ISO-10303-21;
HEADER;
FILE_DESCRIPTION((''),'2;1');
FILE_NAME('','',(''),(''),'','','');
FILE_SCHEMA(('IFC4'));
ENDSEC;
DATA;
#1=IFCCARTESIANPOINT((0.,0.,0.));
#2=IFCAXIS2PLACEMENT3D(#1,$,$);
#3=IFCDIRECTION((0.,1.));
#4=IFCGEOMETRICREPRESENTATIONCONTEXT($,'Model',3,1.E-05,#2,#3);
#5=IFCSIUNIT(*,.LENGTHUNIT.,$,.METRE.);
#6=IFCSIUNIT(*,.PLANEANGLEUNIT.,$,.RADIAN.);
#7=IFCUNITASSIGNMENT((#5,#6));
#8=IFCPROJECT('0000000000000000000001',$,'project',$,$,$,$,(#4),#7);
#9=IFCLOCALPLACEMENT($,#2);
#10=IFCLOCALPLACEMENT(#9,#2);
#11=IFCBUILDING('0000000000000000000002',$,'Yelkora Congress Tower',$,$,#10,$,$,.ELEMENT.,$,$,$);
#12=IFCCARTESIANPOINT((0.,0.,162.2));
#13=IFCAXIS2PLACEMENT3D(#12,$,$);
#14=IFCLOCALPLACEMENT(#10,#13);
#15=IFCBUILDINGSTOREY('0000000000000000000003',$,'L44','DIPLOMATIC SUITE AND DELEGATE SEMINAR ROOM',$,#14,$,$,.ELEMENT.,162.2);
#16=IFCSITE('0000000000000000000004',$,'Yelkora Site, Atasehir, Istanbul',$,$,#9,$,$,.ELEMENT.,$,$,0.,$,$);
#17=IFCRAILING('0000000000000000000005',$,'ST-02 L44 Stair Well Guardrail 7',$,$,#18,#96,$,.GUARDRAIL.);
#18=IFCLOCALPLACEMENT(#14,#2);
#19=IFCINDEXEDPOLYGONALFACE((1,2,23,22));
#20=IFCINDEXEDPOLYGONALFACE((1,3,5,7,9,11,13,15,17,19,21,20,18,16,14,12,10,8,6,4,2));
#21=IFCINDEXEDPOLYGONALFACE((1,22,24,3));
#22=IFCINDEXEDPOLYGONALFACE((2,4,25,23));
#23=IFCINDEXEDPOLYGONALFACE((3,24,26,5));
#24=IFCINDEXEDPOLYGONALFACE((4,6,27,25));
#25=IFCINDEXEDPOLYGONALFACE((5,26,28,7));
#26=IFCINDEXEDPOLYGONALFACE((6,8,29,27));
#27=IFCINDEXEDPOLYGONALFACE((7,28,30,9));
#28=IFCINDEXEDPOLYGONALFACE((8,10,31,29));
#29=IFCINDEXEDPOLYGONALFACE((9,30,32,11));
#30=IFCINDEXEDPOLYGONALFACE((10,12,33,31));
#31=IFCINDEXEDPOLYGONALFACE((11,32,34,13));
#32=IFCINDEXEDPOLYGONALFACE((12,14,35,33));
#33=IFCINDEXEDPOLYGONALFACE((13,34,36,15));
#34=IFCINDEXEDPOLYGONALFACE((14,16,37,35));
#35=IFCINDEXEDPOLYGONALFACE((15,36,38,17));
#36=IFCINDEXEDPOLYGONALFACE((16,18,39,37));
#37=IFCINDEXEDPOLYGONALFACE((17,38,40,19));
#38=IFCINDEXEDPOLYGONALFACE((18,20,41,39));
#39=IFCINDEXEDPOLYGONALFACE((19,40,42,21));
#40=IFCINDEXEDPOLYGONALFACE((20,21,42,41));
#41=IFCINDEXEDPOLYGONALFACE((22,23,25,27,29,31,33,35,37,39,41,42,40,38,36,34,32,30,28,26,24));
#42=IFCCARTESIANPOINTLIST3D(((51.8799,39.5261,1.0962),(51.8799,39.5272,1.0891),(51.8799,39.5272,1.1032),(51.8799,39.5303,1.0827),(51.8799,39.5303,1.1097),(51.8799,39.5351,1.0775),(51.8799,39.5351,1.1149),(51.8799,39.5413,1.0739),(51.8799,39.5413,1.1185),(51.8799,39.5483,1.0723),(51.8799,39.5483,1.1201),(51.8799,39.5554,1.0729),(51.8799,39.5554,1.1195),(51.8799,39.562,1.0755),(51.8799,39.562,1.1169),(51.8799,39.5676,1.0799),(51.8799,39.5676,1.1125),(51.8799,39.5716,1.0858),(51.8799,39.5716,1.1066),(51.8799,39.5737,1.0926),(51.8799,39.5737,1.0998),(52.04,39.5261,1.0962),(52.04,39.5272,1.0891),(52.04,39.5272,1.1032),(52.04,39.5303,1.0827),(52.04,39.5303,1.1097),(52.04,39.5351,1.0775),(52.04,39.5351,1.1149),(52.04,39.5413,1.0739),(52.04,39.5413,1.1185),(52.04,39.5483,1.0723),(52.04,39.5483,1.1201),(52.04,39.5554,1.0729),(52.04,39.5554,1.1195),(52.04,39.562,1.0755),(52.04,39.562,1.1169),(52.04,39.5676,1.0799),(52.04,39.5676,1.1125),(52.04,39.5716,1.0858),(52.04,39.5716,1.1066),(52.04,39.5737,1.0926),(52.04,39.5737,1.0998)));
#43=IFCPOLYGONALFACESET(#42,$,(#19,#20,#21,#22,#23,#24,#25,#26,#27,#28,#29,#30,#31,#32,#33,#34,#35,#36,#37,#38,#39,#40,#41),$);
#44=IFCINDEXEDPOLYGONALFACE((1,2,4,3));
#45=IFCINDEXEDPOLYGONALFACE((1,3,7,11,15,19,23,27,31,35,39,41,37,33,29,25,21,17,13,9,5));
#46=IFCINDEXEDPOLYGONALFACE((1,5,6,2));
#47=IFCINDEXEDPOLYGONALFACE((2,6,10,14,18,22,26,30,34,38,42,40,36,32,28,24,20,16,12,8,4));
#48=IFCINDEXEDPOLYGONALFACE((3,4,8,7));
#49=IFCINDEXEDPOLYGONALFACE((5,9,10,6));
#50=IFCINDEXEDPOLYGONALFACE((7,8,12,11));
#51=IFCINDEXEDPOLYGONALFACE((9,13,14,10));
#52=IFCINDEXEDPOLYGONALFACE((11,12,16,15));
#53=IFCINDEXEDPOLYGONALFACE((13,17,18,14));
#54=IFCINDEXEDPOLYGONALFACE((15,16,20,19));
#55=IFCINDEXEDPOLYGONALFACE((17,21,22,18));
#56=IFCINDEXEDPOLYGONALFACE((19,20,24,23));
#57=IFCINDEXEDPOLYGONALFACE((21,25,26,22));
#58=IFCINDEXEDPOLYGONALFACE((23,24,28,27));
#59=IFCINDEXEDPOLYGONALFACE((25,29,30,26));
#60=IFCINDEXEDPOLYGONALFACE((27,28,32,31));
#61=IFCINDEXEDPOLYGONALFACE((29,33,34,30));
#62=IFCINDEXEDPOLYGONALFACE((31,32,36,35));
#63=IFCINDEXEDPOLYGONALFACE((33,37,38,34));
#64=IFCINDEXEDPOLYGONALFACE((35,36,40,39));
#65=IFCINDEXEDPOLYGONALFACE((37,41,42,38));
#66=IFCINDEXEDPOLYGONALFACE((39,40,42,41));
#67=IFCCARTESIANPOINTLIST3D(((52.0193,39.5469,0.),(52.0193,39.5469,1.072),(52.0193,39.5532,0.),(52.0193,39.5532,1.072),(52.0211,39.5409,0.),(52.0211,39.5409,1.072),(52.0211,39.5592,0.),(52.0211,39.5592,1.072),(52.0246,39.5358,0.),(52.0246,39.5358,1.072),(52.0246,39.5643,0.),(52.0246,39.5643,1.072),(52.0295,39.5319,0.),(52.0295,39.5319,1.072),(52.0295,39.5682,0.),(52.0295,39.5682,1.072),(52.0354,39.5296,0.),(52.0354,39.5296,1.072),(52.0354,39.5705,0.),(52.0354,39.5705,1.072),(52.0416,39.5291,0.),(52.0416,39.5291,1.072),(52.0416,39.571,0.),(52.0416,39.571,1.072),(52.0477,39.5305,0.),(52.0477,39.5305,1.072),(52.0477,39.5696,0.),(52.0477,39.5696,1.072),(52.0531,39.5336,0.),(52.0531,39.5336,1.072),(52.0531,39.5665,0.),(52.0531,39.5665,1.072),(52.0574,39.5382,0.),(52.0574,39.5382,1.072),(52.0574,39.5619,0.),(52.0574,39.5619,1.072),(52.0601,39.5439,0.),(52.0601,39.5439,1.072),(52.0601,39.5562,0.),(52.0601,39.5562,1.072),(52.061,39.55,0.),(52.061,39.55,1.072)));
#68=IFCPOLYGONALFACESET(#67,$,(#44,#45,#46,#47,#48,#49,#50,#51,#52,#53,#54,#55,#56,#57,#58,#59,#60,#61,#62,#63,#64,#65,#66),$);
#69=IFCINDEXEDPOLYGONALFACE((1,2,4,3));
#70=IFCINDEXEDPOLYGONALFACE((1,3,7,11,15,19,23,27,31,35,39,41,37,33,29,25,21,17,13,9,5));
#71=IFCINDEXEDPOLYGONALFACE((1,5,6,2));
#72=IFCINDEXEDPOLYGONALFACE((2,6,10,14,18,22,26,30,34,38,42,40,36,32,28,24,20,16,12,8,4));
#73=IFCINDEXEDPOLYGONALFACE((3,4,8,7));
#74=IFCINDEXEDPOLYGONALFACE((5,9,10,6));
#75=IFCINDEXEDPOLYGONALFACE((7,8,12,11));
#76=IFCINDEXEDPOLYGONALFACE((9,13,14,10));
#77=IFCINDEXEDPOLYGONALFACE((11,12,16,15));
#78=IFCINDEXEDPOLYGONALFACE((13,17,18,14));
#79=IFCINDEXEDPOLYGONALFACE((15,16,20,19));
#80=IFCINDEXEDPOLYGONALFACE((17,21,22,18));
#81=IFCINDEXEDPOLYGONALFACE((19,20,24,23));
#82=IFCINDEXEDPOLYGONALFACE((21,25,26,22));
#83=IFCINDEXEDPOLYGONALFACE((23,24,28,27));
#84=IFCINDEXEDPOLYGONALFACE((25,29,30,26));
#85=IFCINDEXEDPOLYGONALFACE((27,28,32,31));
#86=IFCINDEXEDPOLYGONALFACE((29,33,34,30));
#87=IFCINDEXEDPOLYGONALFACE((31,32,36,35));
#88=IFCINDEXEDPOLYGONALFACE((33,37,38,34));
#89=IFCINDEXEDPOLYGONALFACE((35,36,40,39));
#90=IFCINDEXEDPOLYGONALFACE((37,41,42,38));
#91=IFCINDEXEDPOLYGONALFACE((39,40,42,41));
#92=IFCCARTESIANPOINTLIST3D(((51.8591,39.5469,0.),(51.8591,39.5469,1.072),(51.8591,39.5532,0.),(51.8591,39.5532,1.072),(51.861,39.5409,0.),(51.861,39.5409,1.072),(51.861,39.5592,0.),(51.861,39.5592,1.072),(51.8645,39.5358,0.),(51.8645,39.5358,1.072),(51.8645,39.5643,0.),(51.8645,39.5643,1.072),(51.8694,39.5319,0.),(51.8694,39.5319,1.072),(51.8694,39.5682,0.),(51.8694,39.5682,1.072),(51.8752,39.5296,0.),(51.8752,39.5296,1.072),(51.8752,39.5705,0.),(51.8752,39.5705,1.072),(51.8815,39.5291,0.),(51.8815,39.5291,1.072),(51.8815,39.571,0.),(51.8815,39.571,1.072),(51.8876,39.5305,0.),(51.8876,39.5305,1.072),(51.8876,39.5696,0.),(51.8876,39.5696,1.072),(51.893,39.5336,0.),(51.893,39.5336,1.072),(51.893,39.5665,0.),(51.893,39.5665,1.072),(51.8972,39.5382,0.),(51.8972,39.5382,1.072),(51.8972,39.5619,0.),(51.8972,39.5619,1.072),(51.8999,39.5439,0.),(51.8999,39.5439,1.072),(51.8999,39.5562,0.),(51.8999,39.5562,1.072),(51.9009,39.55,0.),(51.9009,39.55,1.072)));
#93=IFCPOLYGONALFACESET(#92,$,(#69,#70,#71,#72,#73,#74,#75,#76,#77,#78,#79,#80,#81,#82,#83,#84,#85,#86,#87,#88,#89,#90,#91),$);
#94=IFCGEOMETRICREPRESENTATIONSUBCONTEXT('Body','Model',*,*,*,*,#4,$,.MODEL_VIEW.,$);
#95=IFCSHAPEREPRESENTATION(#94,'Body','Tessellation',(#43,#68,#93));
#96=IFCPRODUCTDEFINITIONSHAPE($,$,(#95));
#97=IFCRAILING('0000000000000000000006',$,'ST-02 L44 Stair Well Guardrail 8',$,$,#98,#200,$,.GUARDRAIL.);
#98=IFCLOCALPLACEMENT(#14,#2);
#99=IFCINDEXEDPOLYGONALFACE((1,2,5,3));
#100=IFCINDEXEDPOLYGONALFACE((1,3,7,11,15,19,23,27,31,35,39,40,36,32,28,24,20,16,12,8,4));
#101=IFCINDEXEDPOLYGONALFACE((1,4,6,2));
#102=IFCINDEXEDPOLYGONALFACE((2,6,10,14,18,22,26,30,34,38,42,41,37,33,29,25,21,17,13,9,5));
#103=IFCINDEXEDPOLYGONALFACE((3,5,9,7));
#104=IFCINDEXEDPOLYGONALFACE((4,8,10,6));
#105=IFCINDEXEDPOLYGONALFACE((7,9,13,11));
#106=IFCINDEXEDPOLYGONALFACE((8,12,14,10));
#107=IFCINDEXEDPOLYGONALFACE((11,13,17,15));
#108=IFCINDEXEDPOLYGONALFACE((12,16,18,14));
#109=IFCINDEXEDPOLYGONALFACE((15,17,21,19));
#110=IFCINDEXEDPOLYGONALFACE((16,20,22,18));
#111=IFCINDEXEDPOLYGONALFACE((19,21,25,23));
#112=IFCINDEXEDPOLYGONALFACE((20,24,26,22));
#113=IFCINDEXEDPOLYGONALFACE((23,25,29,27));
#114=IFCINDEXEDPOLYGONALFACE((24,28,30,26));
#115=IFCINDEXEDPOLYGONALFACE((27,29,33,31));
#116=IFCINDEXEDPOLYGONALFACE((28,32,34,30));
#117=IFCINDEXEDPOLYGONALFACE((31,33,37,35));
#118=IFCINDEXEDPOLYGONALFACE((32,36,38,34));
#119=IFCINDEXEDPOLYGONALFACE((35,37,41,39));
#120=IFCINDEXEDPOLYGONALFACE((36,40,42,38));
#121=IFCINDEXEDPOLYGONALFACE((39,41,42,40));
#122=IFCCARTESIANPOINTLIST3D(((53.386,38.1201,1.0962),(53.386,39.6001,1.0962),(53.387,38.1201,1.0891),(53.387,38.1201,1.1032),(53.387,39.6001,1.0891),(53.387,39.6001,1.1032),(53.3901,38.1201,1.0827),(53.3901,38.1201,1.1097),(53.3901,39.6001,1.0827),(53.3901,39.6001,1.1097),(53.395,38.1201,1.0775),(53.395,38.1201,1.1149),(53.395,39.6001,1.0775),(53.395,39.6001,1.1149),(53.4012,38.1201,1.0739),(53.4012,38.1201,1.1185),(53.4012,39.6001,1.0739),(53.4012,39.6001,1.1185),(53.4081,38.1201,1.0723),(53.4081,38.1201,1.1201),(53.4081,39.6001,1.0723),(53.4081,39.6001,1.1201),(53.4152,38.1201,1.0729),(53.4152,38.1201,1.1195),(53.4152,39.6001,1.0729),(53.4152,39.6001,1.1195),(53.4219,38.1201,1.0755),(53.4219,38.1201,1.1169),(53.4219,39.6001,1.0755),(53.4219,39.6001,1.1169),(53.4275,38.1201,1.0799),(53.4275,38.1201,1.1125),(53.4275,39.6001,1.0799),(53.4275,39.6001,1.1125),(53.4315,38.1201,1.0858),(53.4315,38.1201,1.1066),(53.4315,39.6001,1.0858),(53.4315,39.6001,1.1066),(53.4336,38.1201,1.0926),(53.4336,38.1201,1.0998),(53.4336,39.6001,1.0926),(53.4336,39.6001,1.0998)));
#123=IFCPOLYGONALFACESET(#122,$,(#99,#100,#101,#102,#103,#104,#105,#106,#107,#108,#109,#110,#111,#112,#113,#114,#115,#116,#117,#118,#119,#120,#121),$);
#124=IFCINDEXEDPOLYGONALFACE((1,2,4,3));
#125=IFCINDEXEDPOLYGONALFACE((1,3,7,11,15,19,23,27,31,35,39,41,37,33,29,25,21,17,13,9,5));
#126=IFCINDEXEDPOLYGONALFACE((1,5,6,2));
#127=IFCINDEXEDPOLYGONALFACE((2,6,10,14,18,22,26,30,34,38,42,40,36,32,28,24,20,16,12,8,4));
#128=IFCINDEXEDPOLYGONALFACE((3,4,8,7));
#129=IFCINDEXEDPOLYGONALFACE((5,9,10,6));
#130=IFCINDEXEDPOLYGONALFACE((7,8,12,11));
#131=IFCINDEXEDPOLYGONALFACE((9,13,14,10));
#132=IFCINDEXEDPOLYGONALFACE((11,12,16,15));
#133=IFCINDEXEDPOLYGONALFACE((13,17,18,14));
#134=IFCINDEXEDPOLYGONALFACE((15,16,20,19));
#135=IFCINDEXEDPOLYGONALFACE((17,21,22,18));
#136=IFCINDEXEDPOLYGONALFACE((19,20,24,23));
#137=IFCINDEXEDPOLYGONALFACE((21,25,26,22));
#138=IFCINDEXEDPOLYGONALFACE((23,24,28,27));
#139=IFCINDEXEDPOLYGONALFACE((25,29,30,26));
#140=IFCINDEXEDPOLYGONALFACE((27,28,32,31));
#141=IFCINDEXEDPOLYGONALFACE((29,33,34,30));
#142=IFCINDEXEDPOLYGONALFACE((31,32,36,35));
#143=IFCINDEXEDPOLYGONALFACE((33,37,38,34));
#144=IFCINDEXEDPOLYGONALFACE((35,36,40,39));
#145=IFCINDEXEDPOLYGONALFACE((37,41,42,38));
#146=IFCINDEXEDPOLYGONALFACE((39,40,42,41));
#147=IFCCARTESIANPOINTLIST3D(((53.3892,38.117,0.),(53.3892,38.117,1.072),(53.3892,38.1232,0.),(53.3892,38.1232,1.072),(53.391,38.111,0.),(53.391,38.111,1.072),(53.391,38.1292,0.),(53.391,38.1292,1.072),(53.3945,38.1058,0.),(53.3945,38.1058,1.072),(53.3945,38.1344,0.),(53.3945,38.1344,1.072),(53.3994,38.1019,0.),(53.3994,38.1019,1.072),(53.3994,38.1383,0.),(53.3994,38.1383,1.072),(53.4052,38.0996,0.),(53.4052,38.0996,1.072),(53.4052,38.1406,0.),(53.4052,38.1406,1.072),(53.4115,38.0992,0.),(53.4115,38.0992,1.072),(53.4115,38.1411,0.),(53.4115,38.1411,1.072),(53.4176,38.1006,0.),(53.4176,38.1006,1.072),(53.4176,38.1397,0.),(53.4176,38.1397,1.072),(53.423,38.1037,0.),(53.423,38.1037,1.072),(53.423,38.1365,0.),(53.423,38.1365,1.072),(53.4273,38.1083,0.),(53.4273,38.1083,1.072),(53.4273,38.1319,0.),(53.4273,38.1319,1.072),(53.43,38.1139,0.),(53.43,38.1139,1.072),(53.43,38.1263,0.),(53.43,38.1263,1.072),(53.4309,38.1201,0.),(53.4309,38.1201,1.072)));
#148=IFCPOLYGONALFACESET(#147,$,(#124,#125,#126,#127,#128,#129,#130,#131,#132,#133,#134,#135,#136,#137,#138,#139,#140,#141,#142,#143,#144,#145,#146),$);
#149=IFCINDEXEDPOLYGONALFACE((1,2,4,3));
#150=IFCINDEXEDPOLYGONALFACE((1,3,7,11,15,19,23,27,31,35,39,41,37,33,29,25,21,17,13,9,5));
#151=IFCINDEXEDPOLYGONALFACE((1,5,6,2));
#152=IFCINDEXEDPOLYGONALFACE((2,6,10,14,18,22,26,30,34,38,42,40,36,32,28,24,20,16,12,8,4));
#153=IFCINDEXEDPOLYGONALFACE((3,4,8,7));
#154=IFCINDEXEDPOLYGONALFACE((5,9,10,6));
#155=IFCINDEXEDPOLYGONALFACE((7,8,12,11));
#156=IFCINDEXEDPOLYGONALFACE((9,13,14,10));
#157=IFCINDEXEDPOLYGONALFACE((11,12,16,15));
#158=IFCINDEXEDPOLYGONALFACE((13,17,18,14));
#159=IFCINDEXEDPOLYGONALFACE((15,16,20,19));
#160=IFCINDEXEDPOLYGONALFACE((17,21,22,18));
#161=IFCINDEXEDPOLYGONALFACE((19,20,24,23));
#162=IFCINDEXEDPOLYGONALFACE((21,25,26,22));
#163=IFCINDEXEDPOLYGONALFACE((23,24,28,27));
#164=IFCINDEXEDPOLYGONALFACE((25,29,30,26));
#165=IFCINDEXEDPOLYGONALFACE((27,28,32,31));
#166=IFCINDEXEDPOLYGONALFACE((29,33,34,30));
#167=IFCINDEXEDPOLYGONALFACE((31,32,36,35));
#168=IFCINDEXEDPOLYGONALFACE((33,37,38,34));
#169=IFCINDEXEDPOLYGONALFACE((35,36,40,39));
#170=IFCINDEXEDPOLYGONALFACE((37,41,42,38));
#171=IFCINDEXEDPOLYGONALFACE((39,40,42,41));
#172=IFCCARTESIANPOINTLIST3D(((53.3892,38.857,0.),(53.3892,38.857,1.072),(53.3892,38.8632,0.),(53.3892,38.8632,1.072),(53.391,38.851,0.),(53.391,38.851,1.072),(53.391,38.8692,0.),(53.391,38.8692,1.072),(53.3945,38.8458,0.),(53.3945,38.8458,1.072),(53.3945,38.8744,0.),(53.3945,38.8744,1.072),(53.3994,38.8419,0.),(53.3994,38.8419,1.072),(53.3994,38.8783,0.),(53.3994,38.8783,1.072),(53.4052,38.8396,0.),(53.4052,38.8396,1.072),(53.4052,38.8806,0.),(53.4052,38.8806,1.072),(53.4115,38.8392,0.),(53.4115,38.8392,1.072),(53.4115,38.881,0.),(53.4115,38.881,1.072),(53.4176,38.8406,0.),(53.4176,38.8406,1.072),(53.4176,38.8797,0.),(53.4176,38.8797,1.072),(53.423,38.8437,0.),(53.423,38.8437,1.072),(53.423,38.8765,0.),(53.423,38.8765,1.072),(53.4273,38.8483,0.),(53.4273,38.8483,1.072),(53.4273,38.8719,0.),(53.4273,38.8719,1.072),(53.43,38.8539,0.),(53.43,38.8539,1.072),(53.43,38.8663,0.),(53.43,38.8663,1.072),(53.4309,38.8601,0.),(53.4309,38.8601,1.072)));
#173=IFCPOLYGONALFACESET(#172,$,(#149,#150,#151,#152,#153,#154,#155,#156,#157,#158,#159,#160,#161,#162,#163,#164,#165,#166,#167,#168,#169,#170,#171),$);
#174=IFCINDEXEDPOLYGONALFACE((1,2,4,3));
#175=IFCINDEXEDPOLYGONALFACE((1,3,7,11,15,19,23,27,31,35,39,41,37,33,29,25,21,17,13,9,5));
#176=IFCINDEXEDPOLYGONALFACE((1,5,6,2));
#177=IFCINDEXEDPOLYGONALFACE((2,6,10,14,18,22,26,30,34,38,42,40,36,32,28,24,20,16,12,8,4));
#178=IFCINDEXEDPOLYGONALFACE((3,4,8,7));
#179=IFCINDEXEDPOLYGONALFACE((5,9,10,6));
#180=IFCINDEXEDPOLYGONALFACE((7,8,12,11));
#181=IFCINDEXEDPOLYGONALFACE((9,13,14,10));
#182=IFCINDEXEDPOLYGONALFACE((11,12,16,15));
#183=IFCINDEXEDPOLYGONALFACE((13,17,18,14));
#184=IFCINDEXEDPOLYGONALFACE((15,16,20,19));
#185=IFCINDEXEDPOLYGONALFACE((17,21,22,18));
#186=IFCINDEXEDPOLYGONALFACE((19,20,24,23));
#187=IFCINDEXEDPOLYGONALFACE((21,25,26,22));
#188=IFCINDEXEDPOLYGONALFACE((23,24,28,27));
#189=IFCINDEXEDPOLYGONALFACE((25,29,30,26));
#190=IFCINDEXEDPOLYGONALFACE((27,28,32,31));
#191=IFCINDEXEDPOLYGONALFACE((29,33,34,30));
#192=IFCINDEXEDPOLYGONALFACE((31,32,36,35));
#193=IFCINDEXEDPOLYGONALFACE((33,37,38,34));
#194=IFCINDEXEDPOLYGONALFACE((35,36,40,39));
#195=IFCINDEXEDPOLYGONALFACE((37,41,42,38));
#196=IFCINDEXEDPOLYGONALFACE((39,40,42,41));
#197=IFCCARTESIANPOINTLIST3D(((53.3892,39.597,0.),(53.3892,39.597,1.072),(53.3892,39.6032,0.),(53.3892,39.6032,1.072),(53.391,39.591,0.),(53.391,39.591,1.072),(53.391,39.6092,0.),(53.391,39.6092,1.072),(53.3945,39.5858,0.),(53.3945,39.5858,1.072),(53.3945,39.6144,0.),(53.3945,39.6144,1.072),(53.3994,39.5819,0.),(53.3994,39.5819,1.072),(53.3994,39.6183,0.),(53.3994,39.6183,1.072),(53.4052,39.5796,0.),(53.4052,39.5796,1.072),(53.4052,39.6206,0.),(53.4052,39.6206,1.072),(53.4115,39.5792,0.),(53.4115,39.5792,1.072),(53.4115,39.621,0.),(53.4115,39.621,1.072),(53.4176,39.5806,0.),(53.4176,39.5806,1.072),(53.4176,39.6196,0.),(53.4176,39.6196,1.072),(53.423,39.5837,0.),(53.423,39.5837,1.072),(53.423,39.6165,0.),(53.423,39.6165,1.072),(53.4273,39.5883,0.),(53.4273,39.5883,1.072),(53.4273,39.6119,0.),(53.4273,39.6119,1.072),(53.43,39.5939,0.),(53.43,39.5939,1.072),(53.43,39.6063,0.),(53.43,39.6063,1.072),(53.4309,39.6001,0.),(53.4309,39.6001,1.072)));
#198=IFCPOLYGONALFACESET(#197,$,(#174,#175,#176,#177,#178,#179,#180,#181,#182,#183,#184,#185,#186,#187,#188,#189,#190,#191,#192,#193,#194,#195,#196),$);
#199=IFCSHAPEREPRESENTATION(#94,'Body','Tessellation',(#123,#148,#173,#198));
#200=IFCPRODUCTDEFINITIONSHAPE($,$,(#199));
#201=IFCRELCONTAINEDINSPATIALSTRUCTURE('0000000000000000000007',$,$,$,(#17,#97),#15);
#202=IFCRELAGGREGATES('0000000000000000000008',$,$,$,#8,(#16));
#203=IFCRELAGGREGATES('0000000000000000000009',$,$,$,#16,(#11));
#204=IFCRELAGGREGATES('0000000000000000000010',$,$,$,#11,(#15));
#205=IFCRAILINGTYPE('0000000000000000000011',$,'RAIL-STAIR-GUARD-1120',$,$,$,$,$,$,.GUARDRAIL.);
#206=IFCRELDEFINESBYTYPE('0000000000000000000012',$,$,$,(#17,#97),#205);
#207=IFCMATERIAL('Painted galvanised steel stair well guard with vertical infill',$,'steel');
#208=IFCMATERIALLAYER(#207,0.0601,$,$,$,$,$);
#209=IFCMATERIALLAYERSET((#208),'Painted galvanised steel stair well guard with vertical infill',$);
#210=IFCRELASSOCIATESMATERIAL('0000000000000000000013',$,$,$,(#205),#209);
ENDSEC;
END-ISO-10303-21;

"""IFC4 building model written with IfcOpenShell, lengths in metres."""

from ifc_helpers import new_model, si_unit, direction, frame, origin, origin_2d, place, context, subcontext, project, spatial, circle, extrude, material, layer, layer_set, type_object, element, save


model = new_model("IFC4")

# Units and contexts
model_context = context("Model", 3, precision=1e-05, world=origin(), true_north=direction((0.0, 1.0)))
body_context = subcontext(model_context, "Body", "Model", "MODEL_VIEW")
ifc_project = project(units=[si_unit("LENGTHUNIT", "METRE"), si_unit("PLANEANGLEUNIT", "RADIAN")], contexts=[model_context])

# Site, building, storey
site_placement = place(None, origin())
site = spatial("IfcSite", under=ifc_project, at=site_placement, Name="Yelkora Site, Atasehir, Istanbul", CompositionType="ELEMENT", RefElevation=0.0)
building_placement = place(site_placement, origin())
building = spatial("IfcBuilding", under=site, at=building_placement, Name="Yelkora Congress Tower", CompositionType="ELEMENT")
storey_placement = place(building_placement, frame((0.0, 0.0, 162.2)))
storey = spatial("IfcBuildingStorey", under=building, at=storey_placement, Name="L44", Description="DIPLOMATIC SUITE AND DELEGATE SEMINAR ROOM", CompositionType="ELEMENT", Elevation=162.2)

# Railings
ifc_material_1 = material(Name="Painted galvanised steel stair well guard with vertical infill", Category="steel")
ifc_layer_1 = layer(ifc_material_1, 0.0601)
ifc_layer_set_1 = layer_set([ifc_layer_1], Name="Painted galvanised steel stair well guard with vertical infill")
railing_type_1 = type_object("IfcRailingType", Name="RAIL-STAIR-GUARD-1120", PredefinedType="GUARDRAIL", material=ifc_layer_set_1)
railing_1_placement = place(storey_placement, frame((52.04, 39.55, 0.0)))
element("IfcRailing", 1, at=railing_1_placement, inside=storey, type_object=railing_type_1, Name="ST-02 L44 Stair Well Guardrail 7", PredefinedType="GUARDRAIL", context=body_context, shape_type="SweptSolid", body=[
    extrude(circle(Radius=0.0239, at=origin_2d()), frame((0.0, 0.0, 1.0962), z_axis=(-1.0, 0.0, 0.0), x_axis=(0.0, -1.0, 0.0)), (0.0, 0.0, 1.0), 0.1602),
    extrude(circle(Radius=0.021, at=origin_2d()), origin(), (0.0, 0.0, 1.0), 1.072),
    extrude(circle(Radius=0.021, at=origin_2d()), frame((-0.1602, 0.0, 0.0)), (0.0, 0.0, 1.0), 1.072),
])
railing_2_placement = place(storey_placement, frame((53.4099, 38.1201, 0.0)))
element("IfcRailing", 2, at=railing_2_placement, inside=storey, type_object=railing_type_1, Name="ST-02 L44 Stair Well Guardrail 8", PredefinedType="GUARDRAIL", context=body_context, shape_type="SweptSolid", body=[
    extrude(circle(Radius=0.0239, at=origin_2d()), frame((0.0, 0.0, 1.0962), z_axis=(0.0, 1.0, 0.0), x_axis=(-1.0, 0.0, 0.0)), (0.0, 0.0, 1.0), 1.48),
    extrude(circle(Radius=0.021, at=origin_2d()), origin(), (0.0, 0.0, 1.0), 1.072),
    extrude(circle(Radius=0.021, at=origin_2d()), frame((0.0, 0.74, 0.0)), (0.0, 0.0, 1.0), 1.072),
    extrude(circle(Radius=0.021, at=origin_2d()), frame((0.0, 1.48, 0.0)), (0.0, 0.0, 1.0), 1.072),
])

save(model, "model.ifc")
